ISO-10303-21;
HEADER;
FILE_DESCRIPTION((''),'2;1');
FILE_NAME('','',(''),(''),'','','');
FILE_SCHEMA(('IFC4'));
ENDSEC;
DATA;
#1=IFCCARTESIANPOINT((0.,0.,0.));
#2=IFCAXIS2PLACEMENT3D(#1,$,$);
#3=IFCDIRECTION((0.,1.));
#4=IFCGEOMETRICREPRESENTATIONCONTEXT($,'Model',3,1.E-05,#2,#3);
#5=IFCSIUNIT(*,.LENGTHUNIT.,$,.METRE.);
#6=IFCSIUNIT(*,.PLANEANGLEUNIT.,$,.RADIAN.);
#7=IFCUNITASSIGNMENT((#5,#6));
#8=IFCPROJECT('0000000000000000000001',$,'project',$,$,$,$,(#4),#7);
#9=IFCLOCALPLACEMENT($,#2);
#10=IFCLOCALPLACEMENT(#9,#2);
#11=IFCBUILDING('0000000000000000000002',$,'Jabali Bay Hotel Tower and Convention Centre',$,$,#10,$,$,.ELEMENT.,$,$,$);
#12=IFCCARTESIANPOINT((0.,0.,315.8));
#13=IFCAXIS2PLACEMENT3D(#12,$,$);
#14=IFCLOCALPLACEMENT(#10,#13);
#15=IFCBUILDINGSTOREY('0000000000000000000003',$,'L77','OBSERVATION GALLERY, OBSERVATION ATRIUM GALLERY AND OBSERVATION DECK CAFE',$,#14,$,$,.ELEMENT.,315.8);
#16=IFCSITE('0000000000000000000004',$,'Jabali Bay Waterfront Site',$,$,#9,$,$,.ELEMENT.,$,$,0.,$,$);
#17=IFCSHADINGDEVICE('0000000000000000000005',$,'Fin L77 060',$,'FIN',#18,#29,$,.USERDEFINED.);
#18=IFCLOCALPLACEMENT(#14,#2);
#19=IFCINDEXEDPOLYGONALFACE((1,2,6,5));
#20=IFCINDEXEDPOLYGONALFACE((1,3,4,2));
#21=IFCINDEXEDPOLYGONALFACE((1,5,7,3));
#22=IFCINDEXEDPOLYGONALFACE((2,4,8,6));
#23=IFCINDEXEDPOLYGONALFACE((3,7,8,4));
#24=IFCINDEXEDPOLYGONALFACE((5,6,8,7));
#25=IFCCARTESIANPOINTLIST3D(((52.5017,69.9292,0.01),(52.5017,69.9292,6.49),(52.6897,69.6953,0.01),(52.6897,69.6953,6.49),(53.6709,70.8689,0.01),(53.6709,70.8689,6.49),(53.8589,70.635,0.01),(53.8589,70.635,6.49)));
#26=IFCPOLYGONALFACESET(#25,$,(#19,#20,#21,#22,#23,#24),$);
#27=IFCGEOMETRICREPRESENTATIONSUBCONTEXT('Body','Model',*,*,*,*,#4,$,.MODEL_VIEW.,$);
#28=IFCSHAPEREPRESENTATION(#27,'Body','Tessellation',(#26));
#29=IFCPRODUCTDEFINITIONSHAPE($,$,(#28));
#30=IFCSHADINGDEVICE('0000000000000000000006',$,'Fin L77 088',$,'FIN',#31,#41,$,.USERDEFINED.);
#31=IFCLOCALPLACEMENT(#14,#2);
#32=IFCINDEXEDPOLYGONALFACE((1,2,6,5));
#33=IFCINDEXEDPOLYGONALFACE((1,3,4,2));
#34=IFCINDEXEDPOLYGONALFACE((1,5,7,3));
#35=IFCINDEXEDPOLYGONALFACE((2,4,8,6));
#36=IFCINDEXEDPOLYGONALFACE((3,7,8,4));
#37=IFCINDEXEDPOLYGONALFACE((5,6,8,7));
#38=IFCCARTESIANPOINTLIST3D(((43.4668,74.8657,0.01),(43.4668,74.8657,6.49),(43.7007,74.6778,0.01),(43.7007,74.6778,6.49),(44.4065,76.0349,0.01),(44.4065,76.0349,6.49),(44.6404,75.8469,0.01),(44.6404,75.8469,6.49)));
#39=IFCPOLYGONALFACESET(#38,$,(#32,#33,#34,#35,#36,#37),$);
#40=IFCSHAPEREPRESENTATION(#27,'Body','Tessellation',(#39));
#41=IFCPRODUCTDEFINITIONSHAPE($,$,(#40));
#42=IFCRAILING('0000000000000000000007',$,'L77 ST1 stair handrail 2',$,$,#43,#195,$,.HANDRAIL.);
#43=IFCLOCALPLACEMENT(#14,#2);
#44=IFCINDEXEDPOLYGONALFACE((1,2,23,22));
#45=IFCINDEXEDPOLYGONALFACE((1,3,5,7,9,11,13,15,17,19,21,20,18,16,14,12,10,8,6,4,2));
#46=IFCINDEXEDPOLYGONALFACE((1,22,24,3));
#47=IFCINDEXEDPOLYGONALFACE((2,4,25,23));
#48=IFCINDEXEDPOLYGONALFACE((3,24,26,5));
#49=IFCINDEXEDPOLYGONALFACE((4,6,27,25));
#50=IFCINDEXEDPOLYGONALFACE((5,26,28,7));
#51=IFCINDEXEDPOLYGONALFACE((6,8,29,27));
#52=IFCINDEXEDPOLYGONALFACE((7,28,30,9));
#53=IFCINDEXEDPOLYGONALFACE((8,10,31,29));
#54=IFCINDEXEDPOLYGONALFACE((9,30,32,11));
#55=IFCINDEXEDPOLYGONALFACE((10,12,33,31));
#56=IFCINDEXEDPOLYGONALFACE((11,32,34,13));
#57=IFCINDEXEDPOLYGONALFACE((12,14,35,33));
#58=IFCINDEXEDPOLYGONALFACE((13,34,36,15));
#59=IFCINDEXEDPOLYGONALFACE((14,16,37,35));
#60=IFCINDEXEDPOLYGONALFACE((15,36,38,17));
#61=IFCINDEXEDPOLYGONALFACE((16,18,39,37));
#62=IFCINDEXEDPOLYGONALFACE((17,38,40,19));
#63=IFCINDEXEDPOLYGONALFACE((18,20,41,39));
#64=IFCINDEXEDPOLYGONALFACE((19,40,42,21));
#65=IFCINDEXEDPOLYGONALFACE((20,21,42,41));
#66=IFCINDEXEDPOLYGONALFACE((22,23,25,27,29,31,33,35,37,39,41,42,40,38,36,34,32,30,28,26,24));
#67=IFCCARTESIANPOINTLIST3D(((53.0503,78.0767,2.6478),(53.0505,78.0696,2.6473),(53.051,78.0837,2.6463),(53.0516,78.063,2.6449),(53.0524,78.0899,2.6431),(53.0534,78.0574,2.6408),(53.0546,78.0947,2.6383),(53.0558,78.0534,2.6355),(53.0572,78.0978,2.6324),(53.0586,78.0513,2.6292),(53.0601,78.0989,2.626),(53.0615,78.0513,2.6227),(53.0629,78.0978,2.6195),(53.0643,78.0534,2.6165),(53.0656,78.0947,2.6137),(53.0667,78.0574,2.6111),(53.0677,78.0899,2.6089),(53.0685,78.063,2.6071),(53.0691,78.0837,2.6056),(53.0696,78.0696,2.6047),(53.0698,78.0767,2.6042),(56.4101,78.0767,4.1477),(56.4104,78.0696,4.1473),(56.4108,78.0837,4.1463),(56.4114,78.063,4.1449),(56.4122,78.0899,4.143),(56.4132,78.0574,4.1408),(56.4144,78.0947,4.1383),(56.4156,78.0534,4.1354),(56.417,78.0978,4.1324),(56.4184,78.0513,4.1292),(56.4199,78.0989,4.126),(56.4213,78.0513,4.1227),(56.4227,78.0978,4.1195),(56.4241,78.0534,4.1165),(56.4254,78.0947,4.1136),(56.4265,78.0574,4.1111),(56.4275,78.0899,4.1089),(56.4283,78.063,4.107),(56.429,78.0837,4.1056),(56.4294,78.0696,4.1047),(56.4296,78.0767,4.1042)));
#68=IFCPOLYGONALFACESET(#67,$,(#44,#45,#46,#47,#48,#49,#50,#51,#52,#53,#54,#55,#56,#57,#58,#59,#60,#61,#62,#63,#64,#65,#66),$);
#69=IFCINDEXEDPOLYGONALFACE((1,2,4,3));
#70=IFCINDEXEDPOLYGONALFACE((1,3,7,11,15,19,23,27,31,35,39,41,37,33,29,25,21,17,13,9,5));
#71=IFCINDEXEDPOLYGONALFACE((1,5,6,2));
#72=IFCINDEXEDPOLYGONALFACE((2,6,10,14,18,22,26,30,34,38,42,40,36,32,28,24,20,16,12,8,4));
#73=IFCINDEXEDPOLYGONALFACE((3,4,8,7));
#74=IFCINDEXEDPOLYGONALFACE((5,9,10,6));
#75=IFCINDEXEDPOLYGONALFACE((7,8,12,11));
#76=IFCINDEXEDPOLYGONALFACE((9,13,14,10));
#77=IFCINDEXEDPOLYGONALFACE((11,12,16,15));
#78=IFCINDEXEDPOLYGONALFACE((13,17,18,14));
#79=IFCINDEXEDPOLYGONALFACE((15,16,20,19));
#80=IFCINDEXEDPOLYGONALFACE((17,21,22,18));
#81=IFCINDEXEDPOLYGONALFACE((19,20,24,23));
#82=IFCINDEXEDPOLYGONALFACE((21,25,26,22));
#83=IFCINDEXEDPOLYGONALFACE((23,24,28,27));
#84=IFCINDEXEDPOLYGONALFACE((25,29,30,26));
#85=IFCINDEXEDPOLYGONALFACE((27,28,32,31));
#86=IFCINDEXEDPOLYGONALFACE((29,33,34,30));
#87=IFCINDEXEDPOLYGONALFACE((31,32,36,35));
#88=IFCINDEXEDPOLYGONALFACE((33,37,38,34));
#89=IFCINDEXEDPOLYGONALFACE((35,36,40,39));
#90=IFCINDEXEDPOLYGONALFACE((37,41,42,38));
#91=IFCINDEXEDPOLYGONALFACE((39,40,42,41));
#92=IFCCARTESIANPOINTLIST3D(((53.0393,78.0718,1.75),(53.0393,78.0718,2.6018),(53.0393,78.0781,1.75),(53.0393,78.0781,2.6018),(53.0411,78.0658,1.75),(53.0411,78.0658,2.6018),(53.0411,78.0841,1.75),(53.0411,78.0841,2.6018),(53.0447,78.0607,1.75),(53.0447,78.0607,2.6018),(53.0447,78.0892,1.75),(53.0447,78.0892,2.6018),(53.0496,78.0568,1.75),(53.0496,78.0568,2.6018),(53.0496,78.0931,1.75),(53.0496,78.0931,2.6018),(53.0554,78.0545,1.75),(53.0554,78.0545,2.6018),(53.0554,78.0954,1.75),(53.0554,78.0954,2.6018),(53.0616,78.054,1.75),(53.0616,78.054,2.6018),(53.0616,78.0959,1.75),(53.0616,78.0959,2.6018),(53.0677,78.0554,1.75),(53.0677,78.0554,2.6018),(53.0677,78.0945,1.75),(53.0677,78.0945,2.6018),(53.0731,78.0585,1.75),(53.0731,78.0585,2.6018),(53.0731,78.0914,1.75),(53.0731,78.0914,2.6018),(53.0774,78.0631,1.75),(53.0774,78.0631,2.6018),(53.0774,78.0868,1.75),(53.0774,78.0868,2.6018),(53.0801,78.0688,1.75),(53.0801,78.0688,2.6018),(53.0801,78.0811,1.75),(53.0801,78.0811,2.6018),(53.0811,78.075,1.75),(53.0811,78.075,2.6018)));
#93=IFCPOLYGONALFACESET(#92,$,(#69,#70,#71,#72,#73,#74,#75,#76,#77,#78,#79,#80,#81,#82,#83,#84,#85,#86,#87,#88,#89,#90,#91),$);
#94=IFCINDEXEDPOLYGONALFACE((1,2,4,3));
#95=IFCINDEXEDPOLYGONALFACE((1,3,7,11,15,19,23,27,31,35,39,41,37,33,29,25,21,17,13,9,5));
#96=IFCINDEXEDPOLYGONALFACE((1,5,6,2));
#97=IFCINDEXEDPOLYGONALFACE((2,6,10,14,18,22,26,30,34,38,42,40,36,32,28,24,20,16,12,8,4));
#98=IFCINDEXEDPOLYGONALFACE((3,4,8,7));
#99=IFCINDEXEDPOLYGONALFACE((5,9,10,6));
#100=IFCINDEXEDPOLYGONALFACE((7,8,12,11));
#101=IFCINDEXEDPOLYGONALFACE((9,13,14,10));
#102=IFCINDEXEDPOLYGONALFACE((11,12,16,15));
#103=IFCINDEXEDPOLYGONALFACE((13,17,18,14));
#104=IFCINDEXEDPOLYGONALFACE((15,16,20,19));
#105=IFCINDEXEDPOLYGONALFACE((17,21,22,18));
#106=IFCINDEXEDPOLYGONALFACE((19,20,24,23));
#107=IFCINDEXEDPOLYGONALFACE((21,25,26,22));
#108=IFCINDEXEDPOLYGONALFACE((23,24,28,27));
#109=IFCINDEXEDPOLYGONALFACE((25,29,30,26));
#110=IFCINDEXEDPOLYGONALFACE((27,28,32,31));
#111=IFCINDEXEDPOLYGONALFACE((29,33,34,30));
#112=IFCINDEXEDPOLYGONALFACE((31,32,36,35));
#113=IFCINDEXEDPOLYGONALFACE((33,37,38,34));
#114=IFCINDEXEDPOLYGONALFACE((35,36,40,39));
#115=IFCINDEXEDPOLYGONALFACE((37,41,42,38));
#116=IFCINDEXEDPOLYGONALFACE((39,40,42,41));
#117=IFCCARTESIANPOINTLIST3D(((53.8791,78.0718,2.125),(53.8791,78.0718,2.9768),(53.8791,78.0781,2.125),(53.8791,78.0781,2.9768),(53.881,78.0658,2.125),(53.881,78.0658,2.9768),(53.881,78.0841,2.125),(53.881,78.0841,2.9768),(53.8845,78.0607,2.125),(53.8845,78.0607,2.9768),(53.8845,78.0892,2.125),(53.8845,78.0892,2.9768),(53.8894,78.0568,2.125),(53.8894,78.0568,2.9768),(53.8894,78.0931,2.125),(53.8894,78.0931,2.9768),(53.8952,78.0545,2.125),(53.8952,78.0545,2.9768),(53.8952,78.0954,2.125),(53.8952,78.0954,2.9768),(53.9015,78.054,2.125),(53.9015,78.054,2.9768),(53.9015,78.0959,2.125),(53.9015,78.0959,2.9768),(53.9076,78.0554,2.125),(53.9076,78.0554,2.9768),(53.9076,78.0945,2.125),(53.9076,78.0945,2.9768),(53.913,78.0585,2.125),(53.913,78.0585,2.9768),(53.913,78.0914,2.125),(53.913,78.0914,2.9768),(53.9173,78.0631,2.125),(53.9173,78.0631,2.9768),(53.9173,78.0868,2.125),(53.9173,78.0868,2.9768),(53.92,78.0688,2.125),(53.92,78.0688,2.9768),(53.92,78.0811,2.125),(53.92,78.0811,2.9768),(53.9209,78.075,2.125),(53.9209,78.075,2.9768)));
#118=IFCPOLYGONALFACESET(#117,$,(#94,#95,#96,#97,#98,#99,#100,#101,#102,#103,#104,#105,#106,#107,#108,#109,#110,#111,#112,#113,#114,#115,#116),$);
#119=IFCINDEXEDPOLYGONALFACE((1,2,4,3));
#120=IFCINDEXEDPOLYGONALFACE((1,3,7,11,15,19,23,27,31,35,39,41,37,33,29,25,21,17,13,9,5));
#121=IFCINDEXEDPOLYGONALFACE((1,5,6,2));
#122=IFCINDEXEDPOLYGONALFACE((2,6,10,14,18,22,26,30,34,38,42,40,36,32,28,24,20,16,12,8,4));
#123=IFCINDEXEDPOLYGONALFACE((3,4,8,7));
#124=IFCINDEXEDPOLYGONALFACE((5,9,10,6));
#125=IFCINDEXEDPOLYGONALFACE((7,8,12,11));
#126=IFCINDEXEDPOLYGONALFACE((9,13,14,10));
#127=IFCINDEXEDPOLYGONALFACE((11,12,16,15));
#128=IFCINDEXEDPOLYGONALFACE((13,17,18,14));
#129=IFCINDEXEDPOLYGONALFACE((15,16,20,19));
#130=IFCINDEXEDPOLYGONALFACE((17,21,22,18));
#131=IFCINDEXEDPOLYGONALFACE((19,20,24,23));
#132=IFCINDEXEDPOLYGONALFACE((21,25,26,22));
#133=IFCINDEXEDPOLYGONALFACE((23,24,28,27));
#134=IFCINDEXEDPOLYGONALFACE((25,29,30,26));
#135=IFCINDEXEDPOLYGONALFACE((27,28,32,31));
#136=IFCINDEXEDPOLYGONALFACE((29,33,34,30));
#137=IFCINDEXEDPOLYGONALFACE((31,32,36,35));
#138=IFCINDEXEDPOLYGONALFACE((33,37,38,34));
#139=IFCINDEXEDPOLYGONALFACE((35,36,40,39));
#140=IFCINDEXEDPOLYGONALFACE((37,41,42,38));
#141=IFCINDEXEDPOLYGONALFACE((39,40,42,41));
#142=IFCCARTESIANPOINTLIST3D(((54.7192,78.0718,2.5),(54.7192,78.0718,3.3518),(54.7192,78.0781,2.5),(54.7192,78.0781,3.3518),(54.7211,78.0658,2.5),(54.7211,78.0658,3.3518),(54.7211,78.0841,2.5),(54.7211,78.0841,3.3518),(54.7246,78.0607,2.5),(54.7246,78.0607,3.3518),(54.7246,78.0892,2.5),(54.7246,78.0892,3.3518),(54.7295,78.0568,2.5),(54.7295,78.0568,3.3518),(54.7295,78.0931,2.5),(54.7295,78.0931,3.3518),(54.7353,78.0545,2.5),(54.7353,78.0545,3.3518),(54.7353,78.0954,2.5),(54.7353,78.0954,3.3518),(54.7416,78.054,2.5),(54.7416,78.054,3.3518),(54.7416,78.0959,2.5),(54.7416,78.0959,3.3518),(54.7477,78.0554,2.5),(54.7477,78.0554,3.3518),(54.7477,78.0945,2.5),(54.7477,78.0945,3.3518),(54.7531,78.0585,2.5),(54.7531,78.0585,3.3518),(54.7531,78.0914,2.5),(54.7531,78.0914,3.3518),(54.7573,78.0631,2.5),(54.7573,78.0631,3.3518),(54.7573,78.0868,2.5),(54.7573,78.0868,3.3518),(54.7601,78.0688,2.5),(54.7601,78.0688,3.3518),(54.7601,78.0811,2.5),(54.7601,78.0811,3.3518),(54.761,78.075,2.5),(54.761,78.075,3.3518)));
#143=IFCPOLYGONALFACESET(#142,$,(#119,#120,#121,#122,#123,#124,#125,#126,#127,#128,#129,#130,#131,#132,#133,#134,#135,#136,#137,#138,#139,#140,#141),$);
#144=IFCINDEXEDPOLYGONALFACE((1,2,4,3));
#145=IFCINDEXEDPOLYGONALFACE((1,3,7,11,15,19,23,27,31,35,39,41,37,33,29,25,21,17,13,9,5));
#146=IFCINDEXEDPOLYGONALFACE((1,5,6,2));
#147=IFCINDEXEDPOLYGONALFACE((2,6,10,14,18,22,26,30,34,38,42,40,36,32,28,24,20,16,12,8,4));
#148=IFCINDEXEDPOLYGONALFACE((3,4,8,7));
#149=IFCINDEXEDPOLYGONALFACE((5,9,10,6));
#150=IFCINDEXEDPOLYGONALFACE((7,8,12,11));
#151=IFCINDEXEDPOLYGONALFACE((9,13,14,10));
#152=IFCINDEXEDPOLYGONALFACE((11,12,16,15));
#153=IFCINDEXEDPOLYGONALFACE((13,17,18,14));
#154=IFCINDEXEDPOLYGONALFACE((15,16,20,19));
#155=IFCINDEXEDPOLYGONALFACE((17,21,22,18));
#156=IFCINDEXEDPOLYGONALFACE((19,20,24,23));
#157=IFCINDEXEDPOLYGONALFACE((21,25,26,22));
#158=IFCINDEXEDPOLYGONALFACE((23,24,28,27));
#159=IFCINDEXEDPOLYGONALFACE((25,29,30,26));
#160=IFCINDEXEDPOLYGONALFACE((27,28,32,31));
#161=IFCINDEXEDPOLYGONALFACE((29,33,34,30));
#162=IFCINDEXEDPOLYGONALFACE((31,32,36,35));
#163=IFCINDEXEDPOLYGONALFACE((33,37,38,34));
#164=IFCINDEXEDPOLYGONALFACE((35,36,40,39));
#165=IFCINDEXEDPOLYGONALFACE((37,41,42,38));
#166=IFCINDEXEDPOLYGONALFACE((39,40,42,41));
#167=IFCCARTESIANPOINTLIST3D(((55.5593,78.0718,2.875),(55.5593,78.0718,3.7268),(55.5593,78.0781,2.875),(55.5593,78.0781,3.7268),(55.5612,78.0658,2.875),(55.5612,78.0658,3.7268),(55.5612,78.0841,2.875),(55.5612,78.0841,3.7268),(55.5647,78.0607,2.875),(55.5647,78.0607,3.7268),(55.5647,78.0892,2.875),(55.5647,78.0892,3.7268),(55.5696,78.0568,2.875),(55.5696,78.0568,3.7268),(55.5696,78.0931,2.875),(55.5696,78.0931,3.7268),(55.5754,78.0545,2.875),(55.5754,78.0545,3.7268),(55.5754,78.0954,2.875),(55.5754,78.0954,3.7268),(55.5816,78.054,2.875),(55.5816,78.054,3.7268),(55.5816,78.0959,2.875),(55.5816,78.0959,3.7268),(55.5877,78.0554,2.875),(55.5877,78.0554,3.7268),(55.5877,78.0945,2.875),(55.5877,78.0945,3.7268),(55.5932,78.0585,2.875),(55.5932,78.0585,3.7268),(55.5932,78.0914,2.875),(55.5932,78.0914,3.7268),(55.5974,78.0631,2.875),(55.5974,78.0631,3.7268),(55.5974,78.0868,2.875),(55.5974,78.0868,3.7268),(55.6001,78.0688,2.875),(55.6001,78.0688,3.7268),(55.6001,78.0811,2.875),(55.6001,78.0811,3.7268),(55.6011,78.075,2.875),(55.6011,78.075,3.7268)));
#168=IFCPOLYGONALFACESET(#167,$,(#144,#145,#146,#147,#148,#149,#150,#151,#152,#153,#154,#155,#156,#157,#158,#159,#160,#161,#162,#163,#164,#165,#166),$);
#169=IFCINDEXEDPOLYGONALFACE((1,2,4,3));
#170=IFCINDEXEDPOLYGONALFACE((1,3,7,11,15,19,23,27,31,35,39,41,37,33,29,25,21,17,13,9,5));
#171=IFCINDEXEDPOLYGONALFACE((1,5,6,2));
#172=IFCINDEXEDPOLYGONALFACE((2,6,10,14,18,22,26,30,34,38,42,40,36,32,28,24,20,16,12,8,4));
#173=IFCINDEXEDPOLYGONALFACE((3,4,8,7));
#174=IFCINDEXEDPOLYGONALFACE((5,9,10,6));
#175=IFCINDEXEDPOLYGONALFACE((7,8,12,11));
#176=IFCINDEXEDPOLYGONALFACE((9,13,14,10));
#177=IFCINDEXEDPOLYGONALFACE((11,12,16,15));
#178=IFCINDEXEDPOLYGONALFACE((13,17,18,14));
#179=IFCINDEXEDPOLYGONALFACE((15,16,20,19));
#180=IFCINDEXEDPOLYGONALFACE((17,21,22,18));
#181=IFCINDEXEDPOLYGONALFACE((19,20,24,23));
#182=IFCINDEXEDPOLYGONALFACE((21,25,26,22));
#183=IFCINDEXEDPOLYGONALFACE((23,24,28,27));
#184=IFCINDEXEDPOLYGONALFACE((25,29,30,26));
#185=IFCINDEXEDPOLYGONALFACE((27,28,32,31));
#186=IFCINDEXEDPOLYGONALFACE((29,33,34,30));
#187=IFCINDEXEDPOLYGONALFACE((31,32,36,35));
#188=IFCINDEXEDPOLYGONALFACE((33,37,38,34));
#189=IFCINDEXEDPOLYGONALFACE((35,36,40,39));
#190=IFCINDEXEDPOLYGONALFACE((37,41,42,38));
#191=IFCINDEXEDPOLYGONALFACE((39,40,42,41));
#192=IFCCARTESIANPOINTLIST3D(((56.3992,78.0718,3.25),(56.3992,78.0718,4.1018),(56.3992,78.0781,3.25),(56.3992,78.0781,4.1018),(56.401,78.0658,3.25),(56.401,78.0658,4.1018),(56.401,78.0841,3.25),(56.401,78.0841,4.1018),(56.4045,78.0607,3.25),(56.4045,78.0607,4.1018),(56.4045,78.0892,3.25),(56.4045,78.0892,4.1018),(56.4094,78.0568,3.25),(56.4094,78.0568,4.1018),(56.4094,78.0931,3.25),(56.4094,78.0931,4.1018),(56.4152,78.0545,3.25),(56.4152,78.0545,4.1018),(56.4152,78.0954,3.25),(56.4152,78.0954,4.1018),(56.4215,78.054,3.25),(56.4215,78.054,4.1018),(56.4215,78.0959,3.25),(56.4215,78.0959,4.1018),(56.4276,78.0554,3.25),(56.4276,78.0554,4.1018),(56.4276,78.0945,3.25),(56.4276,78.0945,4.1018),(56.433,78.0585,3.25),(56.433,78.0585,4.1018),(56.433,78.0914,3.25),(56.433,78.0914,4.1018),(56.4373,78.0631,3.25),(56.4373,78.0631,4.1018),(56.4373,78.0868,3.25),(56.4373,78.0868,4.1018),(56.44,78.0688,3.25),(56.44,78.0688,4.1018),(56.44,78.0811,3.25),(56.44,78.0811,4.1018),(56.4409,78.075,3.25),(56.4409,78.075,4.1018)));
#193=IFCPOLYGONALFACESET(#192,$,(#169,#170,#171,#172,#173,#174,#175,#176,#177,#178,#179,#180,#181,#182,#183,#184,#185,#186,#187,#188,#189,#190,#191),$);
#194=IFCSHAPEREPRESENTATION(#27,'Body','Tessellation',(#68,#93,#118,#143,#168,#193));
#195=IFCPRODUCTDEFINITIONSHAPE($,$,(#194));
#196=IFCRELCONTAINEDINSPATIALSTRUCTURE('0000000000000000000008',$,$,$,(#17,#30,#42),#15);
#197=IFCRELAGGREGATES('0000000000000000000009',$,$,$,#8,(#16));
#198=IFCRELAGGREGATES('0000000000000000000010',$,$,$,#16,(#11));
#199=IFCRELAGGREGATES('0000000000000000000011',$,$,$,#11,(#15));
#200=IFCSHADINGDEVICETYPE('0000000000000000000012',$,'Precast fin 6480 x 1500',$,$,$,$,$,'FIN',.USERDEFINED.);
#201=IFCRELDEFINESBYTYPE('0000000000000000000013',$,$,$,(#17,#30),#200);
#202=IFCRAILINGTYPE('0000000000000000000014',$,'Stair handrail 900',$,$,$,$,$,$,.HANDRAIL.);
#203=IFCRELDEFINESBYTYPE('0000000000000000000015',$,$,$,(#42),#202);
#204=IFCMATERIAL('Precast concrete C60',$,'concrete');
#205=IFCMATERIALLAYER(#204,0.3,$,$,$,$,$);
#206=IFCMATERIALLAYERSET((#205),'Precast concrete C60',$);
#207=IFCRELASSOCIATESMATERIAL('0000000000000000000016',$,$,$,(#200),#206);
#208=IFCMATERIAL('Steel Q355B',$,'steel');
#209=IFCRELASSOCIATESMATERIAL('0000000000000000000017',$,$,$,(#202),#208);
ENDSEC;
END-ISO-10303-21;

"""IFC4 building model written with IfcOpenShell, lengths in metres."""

from ifc_helpers import new_model, si_unit, direction, frame, frame_2d, origin, origin_2d, place, context, subcontext, project, spatial, rectangle, circle, extrude, material, layer, layer_set, type_object, element, save


model = new_model("IFC4")

# Units and contexts
model_context = context("Model", 3, precision=1e-05, world=origin(), true_north=direction((0.0, 1.0)))
body_context = subcontext(model_context, "Body", "Model", "MODEL_VIEW")
ifc_project = project(units=[si_unit("LENGTHUNIT", "METRE"), si_unit("PLANEANGLEUNIT", "RADIAN")], contexts=[model_context])

# Site, building, storey
site_placement = place(None, origin())
site = spatial("IfcSite", under=ifc_project, at=site_placement, Name="Jabali Bay Waterfront Site", CompositionType="ELEMENT", RefElevation=0.0)
building_placement = place(site_placement, origin())
building = spatial("IfcBuilding", under=site, at=building_placement, Name="Jabali Bay Hotel Tower and Convention Centre", CompositionType="ELEMENT")
storey_placement = place(building_placement, frame((0.0, 0.0, 315.8)))
storey = spatial("IfcBuildingStorey", under=building, at=storey_placement, Name="L77", Description="OBSERVATION GALLERY, OBSERVATION ATRIUM GALLERY AND OBSERVATION DECK CAFE", CompositionType="ELEMENT", Elevation=315.8)

# Shading devices
ifc_material_1 = material(Name="Precast concrete C60", Category="concrete")
ifc_layer_1 = layer(ifc_material_1, 0.3)
ifc_layer_set_1 = layer_set([ifc_layer_1], Name="Precast concrete C60")
shading_device_type = type_object("IfcShadingDeviceType", Name="Precast fin 6480 x 1500", ElementType="FIN", PredefinedType="USERDEFINED", material=ifc_layer_set_1)
for number, where, z_axis, x_axis, name in (
    (1, (53.7649, 70.752, 0.01), (0.0, 0.0, 1.0), (-0.779454, -0.62646, 0.0), "Fin L77 060"),
    (2, (44.5234, 75.9409, 0.01), (0.0, 0.0, 1.0), (-0.62646, -0.779454, 0.0), "Fin L77 088"),
):
    element("IfcShadingDevice", number, at=place(storey_placement, frame(where, z_axis=z_axis, x_axis=x_axis)), inside=storey, type_object=shading_device_type, Name=name, ObjectType="FIN", PredefinedType="USERDEFINED", context=body_context, shape_type="SweptSolid", body=[
        extrude(rectangle(XDim=1.5, YDim=0.3, at=frame_2d((0.75, 0.0))), origin(), (0.0, 0.0, 1.0), 6.48),
    ])

# Railing
ifc_material_2 = material(Name="Steel Q355B", Category="steel")
railing_type = type_object("IfcRailingType", Name="Stair handrail 900", PredefinedType="HANDRAIL", material=ifc_material_2)
for number, where, name in (
    (3, (53.0601, 78.075, 1.75), "L77 ST1 stair handrail 2"),
):
    element("IfcRailing", number, at=place(storey_placement, frame(where)), inside=storey, type_object=railing_type, Name=name, PredefinedType="HANDRAIL", context=body_context, shape_type="SweptSolid", body=[
        extrude(circle(Radius=0.0239, at=origin_2d()), frame((0.0, 0.0, 0.876), z_axis=(0.913132, 0.0, 0.407665), x_axis=(0.0, 1.0, 0.0)), (0.0, 0.0, 1.0), 3.6794),
        extrude(circle(Radius=0.021, at=origin_2d()), origin(), (0.0, 0.0, 1.0), 0.8518),
        extrude(circle(Radius=0.021, at=origin_2d()), frame((0.8398, 0.0, 0.375)), (0.0, 0.0, 1.0), 0.8518),
        extrude(circle(Radius=0.021, at=origin_2d()), frame((1.6799, 0.0, 0.75)), (0.0, 0.0, 1.0), 0.8518),
        extrude(circle(Radius=0.021, at=origin_2d()), frame((2.52, 0.0, 1.125)), (0.0, 0.0, 1.0), 0.8518),
        extrude(circle(Radius=0.021, at=origin_2d()), frame((3.3599, 0.0, 1.5)), (0.0, 0.0, 1.0), 0.8518),
    ])

save(model, "model.ifc")
